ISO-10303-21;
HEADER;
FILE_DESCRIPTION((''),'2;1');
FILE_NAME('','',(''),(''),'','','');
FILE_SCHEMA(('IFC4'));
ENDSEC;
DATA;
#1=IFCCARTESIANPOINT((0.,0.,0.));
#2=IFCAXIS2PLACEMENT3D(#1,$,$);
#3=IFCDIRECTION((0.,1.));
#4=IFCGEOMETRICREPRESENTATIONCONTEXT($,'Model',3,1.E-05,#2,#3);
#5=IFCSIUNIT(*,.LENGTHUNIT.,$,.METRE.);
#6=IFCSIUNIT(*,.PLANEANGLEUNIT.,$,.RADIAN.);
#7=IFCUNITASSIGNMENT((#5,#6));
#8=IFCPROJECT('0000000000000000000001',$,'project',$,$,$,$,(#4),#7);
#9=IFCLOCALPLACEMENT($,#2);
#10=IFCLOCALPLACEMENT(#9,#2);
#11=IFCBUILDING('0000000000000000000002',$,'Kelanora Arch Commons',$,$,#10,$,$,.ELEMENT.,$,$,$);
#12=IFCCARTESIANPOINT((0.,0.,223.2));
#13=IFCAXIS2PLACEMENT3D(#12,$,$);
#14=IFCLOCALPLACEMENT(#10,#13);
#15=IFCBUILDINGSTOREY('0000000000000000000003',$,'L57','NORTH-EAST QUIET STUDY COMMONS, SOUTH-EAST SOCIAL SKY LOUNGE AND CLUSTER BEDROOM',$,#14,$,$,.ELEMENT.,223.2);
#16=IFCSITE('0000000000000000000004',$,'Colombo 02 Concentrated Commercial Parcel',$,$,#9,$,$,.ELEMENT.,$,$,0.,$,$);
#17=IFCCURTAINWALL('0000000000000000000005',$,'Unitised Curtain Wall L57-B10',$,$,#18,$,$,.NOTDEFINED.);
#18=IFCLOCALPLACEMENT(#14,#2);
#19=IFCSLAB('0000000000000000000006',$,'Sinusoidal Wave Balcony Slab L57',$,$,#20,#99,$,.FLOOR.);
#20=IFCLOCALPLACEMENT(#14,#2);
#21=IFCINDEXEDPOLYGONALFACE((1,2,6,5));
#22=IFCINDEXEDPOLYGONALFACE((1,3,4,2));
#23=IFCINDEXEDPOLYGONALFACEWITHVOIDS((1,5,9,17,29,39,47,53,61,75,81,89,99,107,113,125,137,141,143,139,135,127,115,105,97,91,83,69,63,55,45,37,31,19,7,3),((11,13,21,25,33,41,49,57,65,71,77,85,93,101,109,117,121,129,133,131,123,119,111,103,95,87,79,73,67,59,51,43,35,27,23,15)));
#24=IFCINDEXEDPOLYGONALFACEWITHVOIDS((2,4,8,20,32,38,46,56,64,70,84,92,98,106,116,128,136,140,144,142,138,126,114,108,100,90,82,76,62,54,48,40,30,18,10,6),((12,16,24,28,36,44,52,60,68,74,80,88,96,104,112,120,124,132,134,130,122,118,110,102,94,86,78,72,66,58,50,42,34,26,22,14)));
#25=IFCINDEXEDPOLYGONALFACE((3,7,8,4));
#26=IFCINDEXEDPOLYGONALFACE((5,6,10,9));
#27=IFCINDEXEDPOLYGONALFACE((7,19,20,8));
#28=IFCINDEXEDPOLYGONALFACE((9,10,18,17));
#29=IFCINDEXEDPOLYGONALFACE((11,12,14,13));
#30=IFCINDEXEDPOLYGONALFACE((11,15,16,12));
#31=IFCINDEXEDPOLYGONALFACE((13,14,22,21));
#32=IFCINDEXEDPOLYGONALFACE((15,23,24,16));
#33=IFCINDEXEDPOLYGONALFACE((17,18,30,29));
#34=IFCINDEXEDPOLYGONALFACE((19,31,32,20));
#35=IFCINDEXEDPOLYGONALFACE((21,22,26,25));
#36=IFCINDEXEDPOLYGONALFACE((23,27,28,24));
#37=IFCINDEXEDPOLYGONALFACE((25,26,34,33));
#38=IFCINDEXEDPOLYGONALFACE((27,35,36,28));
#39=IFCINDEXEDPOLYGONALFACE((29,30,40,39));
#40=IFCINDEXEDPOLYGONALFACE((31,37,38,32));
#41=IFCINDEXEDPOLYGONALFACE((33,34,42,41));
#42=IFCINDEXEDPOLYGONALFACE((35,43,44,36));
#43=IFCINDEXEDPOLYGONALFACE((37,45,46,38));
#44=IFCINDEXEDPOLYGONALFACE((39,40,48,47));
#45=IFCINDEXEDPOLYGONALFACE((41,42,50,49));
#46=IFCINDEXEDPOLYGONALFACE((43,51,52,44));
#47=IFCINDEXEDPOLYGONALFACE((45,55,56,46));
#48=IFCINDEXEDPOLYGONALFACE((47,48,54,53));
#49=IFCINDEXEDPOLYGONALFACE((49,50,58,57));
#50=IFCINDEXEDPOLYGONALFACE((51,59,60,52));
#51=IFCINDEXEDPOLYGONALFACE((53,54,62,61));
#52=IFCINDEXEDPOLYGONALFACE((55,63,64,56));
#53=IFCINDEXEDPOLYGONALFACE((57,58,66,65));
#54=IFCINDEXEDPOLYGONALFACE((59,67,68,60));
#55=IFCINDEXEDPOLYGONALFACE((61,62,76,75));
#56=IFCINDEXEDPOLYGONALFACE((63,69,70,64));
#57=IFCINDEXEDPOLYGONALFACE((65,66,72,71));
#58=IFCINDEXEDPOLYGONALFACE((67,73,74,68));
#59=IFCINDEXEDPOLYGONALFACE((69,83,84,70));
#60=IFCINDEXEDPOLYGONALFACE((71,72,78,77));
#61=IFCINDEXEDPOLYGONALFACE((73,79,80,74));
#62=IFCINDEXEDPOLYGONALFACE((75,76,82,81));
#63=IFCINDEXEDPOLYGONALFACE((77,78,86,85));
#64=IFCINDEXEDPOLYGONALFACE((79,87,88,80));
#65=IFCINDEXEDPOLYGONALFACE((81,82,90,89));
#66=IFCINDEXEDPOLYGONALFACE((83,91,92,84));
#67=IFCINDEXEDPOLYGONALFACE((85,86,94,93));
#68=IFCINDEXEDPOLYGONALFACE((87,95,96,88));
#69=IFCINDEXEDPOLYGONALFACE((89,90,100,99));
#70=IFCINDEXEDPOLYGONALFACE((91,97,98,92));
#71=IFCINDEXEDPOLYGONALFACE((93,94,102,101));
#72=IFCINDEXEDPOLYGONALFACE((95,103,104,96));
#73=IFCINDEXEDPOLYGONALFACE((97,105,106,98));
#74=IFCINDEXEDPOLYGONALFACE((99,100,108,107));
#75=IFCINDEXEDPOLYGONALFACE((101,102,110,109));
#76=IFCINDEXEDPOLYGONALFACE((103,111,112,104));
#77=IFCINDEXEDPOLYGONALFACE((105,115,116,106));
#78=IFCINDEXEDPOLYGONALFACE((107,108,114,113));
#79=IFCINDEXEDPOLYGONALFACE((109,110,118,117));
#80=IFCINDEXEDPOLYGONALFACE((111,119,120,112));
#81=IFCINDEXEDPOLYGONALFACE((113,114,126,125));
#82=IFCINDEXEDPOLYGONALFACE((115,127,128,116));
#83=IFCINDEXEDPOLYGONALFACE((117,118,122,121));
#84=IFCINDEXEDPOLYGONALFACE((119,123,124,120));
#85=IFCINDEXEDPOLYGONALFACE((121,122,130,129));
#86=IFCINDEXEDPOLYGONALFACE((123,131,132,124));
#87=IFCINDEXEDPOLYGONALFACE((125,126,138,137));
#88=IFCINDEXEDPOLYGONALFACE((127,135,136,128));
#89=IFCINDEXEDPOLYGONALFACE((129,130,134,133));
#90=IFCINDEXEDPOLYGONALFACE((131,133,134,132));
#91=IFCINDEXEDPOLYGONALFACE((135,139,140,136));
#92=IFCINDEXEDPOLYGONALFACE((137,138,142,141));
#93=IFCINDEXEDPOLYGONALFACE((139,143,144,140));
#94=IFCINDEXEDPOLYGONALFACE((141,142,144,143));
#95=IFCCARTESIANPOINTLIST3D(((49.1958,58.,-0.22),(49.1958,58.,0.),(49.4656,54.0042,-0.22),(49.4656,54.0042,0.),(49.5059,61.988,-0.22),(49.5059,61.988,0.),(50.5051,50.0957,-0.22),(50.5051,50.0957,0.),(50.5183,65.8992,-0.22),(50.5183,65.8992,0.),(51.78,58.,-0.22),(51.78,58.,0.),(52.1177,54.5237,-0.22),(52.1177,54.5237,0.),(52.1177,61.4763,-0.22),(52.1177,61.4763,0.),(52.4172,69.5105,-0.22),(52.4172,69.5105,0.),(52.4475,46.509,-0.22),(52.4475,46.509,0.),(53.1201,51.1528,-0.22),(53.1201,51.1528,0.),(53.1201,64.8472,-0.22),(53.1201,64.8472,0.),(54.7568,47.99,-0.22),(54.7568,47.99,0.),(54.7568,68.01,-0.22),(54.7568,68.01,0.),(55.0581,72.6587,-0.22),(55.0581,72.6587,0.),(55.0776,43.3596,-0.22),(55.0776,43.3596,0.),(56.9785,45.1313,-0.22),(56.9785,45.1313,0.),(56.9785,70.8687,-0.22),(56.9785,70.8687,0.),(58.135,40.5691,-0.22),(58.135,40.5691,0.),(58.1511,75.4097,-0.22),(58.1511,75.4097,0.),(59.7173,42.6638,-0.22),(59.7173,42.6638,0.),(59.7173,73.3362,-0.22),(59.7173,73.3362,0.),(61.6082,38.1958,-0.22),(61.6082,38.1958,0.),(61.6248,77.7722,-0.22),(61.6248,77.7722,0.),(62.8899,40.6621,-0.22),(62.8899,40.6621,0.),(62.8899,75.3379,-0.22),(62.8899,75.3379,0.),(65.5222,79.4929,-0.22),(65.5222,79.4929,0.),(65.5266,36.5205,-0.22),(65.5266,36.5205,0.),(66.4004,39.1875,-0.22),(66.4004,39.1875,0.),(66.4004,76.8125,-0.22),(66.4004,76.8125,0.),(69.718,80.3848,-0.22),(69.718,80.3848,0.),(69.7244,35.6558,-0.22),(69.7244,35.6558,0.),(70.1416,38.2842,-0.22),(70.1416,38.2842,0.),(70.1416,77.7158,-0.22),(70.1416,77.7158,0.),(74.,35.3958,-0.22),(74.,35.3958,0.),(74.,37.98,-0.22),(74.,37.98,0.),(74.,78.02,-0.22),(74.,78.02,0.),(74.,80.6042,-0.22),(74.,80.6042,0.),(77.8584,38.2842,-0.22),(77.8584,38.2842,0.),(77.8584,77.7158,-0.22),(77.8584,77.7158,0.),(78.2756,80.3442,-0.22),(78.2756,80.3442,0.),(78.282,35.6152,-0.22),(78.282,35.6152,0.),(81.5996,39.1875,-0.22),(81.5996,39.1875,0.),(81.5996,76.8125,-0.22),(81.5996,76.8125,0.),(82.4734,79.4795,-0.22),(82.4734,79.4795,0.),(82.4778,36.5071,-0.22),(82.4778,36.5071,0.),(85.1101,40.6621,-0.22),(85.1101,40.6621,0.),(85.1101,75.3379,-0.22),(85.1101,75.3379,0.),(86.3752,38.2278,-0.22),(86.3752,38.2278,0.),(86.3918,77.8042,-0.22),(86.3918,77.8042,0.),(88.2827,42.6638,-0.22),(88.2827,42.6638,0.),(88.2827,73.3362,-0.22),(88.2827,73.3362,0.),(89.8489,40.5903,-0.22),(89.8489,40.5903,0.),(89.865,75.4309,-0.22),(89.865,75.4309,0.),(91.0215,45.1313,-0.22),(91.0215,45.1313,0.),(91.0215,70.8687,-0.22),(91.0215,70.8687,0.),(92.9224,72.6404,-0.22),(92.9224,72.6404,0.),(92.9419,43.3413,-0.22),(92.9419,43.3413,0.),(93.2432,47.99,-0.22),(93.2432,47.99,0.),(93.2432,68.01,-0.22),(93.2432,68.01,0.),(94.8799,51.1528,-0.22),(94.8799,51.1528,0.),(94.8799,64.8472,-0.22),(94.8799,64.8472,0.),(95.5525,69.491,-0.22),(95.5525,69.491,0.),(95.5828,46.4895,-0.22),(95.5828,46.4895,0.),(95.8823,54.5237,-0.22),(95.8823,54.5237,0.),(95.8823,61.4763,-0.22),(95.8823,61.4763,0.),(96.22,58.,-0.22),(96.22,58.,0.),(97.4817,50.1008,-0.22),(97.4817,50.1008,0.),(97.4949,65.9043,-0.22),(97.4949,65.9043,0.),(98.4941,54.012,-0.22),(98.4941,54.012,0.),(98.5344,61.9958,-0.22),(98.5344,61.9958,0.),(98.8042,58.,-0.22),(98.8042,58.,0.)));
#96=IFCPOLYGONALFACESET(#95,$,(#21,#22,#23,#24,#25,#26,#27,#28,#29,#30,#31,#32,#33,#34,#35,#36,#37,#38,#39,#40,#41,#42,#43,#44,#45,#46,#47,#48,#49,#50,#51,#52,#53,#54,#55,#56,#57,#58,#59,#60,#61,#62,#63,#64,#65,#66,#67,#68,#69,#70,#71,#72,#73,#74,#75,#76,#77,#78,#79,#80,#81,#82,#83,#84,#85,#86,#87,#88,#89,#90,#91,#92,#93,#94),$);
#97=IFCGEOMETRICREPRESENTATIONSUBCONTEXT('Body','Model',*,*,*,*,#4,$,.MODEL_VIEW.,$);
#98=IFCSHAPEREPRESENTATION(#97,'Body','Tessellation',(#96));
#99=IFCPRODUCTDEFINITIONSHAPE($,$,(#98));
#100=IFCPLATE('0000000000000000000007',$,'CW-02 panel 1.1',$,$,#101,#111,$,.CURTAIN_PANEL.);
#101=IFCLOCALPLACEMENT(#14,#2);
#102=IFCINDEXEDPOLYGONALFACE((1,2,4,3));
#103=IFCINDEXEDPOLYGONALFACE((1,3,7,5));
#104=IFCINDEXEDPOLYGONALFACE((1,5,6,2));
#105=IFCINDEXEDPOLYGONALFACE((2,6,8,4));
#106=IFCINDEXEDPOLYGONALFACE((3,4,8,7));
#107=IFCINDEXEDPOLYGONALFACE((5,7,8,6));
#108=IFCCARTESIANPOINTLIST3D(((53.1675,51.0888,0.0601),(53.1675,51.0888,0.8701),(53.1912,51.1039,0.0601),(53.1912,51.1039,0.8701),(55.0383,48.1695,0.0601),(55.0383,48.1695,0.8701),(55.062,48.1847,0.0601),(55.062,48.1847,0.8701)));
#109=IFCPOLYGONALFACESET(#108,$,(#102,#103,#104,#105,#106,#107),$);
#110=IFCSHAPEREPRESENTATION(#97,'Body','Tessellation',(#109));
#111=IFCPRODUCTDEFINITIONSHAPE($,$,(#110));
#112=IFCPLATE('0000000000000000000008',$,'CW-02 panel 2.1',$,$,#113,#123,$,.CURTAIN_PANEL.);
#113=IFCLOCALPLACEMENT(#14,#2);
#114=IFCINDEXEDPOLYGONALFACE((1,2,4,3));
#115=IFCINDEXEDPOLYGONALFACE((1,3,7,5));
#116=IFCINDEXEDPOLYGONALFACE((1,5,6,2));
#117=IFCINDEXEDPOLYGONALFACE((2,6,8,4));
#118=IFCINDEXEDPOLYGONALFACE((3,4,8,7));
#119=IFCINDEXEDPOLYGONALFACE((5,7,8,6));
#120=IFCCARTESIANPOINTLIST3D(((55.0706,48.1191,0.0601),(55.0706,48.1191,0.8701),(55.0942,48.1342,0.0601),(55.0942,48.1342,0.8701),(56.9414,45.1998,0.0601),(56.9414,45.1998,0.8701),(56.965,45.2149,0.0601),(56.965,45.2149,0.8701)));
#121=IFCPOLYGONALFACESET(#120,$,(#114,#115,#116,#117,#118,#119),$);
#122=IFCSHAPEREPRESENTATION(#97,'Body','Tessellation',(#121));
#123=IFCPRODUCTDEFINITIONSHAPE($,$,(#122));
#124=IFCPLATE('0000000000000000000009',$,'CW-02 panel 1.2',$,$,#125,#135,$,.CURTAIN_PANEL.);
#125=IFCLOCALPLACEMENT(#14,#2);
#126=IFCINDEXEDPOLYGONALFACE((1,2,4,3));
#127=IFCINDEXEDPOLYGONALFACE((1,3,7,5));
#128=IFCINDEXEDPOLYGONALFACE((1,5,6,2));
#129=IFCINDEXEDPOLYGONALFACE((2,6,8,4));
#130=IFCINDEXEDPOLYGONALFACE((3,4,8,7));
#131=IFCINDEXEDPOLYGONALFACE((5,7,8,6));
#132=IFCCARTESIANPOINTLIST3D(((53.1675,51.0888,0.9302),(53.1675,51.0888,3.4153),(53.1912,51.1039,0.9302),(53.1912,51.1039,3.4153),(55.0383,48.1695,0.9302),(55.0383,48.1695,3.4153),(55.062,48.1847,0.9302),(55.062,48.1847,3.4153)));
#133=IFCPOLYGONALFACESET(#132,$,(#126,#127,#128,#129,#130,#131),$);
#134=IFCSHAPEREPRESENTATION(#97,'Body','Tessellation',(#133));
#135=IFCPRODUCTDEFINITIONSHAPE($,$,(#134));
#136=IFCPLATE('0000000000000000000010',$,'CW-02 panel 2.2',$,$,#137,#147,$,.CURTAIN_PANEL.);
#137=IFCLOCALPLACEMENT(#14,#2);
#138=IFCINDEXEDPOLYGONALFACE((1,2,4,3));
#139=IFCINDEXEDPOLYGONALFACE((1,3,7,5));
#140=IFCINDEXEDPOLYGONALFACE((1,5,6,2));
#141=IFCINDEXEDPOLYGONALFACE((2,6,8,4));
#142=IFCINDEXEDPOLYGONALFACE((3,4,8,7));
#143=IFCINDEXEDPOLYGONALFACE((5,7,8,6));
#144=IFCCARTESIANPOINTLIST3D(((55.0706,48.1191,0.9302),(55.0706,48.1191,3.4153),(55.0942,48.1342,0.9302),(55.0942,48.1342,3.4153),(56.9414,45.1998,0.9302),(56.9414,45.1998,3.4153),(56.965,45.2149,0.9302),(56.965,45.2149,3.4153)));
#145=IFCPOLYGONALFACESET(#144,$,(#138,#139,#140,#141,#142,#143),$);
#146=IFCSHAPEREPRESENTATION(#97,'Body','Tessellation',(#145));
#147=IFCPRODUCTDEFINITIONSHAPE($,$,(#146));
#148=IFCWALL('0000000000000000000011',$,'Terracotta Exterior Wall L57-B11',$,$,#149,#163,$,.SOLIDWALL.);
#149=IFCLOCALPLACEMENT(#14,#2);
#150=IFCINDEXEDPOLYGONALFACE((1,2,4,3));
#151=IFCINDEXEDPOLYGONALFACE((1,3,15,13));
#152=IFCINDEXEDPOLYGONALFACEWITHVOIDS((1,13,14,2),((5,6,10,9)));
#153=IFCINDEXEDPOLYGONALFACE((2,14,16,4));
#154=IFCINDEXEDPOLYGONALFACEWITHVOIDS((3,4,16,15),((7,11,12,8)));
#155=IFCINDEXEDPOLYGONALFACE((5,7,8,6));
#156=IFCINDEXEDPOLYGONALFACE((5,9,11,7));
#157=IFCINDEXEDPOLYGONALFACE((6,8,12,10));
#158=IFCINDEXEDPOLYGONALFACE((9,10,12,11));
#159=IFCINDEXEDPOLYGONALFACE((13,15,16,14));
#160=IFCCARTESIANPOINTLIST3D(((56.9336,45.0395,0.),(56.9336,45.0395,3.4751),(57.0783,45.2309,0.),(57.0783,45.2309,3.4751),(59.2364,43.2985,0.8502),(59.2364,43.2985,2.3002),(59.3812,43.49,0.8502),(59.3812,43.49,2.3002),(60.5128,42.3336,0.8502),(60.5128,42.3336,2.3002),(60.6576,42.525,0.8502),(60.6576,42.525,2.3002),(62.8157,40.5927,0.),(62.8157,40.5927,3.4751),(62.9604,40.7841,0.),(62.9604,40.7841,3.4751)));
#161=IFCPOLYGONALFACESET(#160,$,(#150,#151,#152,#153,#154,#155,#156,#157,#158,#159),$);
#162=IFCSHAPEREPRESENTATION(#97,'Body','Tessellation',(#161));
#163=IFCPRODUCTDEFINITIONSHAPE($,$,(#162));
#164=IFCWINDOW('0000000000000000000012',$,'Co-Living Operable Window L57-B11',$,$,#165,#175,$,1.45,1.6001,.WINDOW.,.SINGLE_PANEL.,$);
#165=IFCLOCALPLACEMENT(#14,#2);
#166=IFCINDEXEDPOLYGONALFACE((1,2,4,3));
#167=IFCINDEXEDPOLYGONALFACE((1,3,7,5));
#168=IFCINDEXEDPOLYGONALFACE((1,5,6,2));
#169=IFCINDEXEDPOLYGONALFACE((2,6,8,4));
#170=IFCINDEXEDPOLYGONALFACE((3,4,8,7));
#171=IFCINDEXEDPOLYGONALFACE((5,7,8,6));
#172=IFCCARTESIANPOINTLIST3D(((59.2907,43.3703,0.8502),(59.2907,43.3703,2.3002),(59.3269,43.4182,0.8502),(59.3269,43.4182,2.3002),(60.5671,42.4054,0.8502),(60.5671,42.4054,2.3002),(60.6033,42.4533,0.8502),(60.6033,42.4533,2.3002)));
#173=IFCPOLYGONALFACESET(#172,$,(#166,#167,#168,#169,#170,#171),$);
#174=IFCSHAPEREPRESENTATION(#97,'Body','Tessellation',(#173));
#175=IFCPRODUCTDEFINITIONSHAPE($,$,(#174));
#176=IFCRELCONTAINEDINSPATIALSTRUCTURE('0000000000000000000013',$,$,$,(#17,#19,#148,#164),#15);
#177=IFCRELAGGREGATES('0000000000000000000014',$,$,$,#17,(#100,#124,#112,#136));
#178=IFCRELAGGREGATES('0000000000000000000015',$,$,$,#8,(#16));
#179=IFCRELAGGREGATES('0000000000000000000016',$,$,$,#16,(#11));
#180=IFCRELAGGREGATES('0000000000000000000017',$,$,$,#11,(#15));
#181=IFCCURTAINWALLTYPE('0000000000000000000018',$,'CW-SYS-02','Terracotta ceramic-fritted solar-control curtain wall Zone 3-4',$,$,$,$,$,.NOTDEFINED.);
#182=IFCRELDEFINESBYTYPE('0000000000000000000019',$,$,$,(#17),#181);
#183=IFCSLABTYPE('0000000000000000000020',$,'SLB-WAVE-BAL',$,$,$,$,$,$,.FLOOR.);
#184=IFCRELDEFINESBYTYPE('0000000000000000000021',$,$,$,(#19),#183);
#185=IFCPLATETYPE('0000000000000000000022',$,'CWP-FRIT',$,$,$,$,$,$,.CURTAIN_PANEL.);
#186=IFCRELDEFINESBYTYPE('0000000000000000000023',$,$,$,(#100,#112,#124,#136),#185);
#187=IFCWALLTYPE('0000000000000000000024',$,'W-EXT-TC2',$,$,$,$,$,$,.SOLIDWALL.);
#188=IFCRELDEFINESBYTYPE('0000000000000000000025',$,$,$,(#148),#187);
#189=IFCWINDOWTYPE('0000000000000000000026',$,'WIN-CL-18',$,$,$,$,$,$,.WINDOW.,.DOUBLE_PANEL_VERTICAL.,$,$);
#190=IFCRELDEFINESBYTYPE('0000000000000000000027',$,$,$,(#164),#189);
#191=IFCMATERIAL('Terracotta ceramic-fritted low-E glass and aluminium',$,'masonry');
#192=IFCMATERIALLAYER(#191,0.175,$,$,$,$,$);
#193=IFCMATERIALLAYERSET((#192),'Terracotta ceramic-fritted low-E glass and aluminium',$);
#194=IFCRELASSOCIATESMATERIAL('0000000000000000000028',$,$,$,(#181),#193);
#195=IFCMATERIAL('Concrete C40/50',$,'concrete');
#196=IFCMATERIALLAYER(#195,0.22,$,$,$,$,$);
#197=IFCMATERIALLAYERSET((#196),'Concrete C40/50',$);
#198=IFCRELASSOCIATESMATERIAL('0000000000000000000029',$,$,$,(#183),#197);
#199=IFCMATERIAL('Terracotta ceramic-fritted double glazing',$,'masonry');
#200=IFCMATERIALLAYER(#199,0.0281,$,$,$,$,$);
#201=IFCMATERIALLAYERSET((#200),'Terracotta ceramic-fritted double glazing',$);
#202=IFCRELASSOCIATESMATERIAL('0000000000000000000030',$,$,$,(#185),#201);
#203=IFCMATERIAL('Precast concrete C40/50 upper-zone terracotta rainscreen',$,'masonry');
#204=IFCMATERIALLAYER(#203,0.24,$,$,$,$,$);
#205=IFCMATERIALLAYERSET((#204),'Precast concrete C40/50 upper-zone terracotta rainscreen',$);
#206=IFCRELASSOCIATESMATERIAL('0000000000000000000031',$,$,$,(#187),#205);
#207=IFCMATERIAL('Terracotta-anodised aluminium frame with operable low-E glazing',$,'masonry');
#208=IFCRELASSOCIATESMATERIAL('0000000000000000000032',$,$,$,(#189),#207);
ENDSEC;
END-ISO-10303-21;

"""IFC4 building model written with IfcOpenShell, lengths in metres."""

from ifc_helpers import new_model, si_unit, direction, frame, frame_2d, origin, origin_2d, place, context, subcontext, project, spatial, polyline, rectangle, outline, extrude, source, transform, mapped, material, layer, layer_set, type_object, element, fill, aggregate, save


model = new_model("IFC4")

# Units and contexts
model_context = context("Model", 3, precision=1e-05, world=origin(), true_north=direction((0.0, 1.0)))
body_context = subcontext(model_context, "Body", "Model", "MODEL_VIEW")
ifc_project = project(units=[si_unit("LENGTHUNIT", "METRE"), si_unit("PLANEANGLEUNIT", "RADIAN")], contexts=[model_context])

# Site, building, storey
site_placement = place(None, origin())
site = spatial("IfcSite", under=ifc_project, at=site_placement, Name="Colombo 02 Concentrated Commercial Parcel", CompositionType="ELEMENT", RefElevation=0.0)
building_placement = place(site_placement, origin())
building = spatial("IfcBuilding", under=site, at=building_placement, Name="Kelanora Arch Commons", CompositionType="ELEMENT")
storey_placement = place(building_placement, frame((0.0, 0.0, 223.2)))
storey = spatial("IfcBuildingStorey", under=building, at=storey_placement, Name="L57", Description="NORTH-EAST QUIET STUDY COMMONS, SOUTH-EAST SOCIAL SKY LOUNGE AND CLUSTER BEDROOM", CompositionType="ELEMENT", Elevation=223.2)

# Curtain wall
ifc_material_1 = material(Name="Terracotta ceramic-fritted low-E glass and aluminium", Category="masonry")
ifc_layer_1 = layer(ifc_material_1, 0.175)
ifc_layer_set_1 = layer_set([ifc_layer_1], Name="Terracotta ceramic-fritted low-E glass and aluminium")
curtain_wall_type = type_object("IfcCurtainWallType", Name="CW-SYS-02", Description="Terracotta ceramic-fritted solar-control curtain wall Zone 3-4", PredefinedType="NOTDEFINED", material=ifc_layer_set_1)
curtain_wall_placement = place(storey_placement, origin())
curtain_wall = element("IfcCurtainWall", 1, at=curtain_wall_placement, inside=storey, type_object=curtain_wall_type, Name="Unitised Curtain Wall L57-B10", PredefinedType="NOTDEFINED")

# Shared definitions
ifc_material_2 = material(Name="Concrete C40/50", Category="concrete")

# Slab
ifc_layer_2 = layer(ifc_material_2, 0.22)
ifc_layer_set_2 = layer_set([ifc_layer_2], Name="Concrete C40/50")
slab_type_1 = type_object("IfcSlabType", Name="SLB-WAVE-BAL", PredefinedType="FLOOR", material=ifc_layer_set_2)
slab_1_placement = place(storey_placement, frame((0.0, 0.0, -0.22)))
element("IfcSlab", 2, at=slab_1_placement, inside=storey, type_object=slab_type_1, Name="Sinusoidal Wave Balcony Slab L57", PredefinedType="FLOOR", context=body_context, shape_type="SweptSolid", body=[
    extrude(outline(polyline([(98.8042, 58.0), (98.5344, 61.9958), (97.4949, 65.9043), (95.5525, 69.491), (92.9224, 72.6404), (89.865, 75.4309), (86.3918, 77.8042), (82.4734, 79.4795), (78.2756, 80.3442), (74.0, 80.6042), (69.718, 80.3848), (65.5222, 79.4929), (61.6248, 77.7722), (58.1511, 75.4097), (55.0581, 72.6587), (52.4172, 69.5105), (50.5183, 65.8992), (49.5059, 61.988), (49.1958, 58.0), (49.4656, 54.0042), (50.5051, 50.0957), (52.4475, 46.509), (55.0776, 43.3596), (58.135, 40.5691), (61.6082, 38.1958), (65.5266, 36.5205), (69.7244, 35.6558), (74.0, 35.3958), (78.282, 35.6152), (82.4778, 36.5071), (86.3752, 38.2278), (89.8489, 40.5903), (92.9419, 43.3413), (95.5828, 46.4895), (97.4817, 50.1008), (98.4941, 54.012), (98.8042, 58.0)]), holes=[polyline([(95.8823, 54.5237), (94.8799, 51.1528), (93.2432, 47.99), (91.0215, 45.1313), (88.2827, 42.6638), (85.1101, 40.6621), (81.5996, 39.1875), (77.8584, 38.2842), (74.0, 37.98), (70.1416, 38.2842), (66.4004, 39.1875), (62.8899, 40.6621), (59.7173, 42.6638), (56.9785, 45.1313), (54.7568, 47.99), (53.1201, 51.1528), (52.1177, 54.5237), (51.78, 58.0), (52.1177, 61.4763), (53.1201, 64.8472), (54.7568, 68.01), (56.9785, 70.8687), (59.7173, 73.3362), (62.8899, 75.3379), (66.4004, 76.8125), (70.1416, 77.7158), (74.0, 78.02), (77.8584, 77.7158), (81.5996, 76.8125), (85.1101, 75.3379), (88.2827, 73.3362), (91.0215, 70.8687), (93.2432, 68.01), (94.8799, 64.8472), (95.8823, 61.4763), (96.22, 58.0), (95.8823, 54.5237)])]), origin(), (0.0, 0.0, 1.0), 0.22),
])

# Plates
ifc_material_3 = material(Name="Terracotta ceramic-fritted double glazing", Category="masonry")
ifc_layer_3 = layer(ifc_material_3, 0.0281)
ifc_layer_set_3 = layer_set([ifc_layer_3], Name="Terracotta ceramic-fritted double glazing")
plate_type = type_object("IfcPlateType", Name="CWP-FRIT", PredefinedType="CURTAIN_PANEL", material=ifc_layer_set_3)
shared_shape_1 = source(origin(), body_context, "Body", "SweptSolid", [
    extrude(rectangle(XDim=3.4673, YDim=0.0281, at=origin_2d()), origin(), (0.0, 0.0, 1.0), 0.8101),
])
plate_1_placement = place(storey_placement, frame((54.1147, 49.6367, 0.0601), z_axis=(0.0, 0.0, 1.0), x_axis=(0.539559, -0.841948, 0.0)))
plate_1 = element("IfcPlate", 3, at=plate_1_placement, type_object=plate_type, Name="CW-02 panel 1.1", PredefinedType="CURTAIN_PANEL", context=body_context, shape_type="MappedRepresentation", body=[
    mapped(shared_shape_1, transform((0.0, 0.0, 0.0), scale=1.0)),
])
plate_2_placement = place(storey_placement, frame((56.0178, 46.667, 0.0601), z_axis=(0.0, 0.0, 1.0), x_axis=(0.539559, -0.841948, 0.0)))
plate_2 = element("IfcPlate", 4, at=plate_2_placement, type_object=plate_type, Name="CW-02 panel 2.1", PredefinedType="CURTAIN_PANEL", context=body_context, shape_type="MappedRepresentation", body=[
    mapped(shared_shape_1, transform((0.0, 0.0, 0.0), scale=1.0)),
])
shared_shape_2 = source(origin(), body_context, "Body", "SweptSolid", [
    extrude(rectangle(XDim=3.4673, YDim=0.0281, at=origin_2d()), origin(), (0.0, 0.0, 1.0), 2.4851),
])
plate_3_placement = place(storey_placement, frame((54.1147, 49.6367, 0.9302), z_axis=(0.0, 0.0, 1.0), x_axis=(0.539559, -0.841948, 0.0)))
plate_3 = element("IfcPlate", 5, at=plate_3_placement, type_object=plate_type, Name="CW-02 panel 1.2", PredefinedType="CURTAIN_PANEL", context=body_context, shape_type="MappedRepresentation", body=[
    mapped(shared_shape_2, transform((0.0, 0.0, 0.0), scale=1.0)),
])
plate_4_placement = place(storey_placement, frame((56.0178, 46.667, 0.9302), z_axis=(0.0, 0.0, 1.0), x_axis=(0.539559, -0.841948, 0.0)))
plate_4 = element("IfcPlate", 6, at=plate_4_placement, type_object=plate_type, Name="CW-02 panel 2.2", PredefinedType="CURTAIN_PANEL", context=body_context, shape_type="MappedRepresentation", body=[
    mapped(shared_shape_2, transform((0.0, 0.0, 0.0), scale=1.0)),
])
aggregate(curtain_wall, [plate_1, plate_3, plate_2, plate_4])

# Wall, opening, window
ifc_material_4 = material(Name="Precast concrete C40/50 upper-zone terracotta rainscreen", Category="masonry")
ifc_layer_4 = layer(ifc_material_4, 0.24)
ifc_layer_set_4 = layer_set([ifc_layer_4], Name="Precast concrete C40/50 upper-zone terracotta rainscreen")
wall_type_1 = type_object("IfcWallType", Name="W-EXT-TC2", PredefinedType="SOLIDWALL", material=ifc_layer_set_4)
wall_1_placement = place(storey_placement, frame((57.0059, 45.1353, 0.0), z_axis=(0.0, 0.0, 1.0), x_axis=(0.797702, -0.603052, 0.0)))
wall_1 = element("IfcWall", 7, at=wall_1_placement, inside=storey, type_object=wall_type_1, Name="Terracotta Exterior Wall L57-B11", PredefinedType="SOLIDWALL", context=body_context, shape_type="SweptSolid", body=[
    extrude(rectangle(XDim=7.3738, YDim=0.24, at=frame_2d((3.687, 0.0))), origin(), (0.0, 0.0, 1.0), 3.4751),
])
opening_placement = place(wall_1_placement, frame((2.887, 0.0, 0.8501)))
opening = element("IfcOpeningElement", 8, at=opening_placement, cuts=wall_1, PredefinedType="OPENING", context=body_context, shape_type="SweptSolid", body=[
    extrude(rectangle(XDim=1.6001, YDim=1.45, at=frame_2d((0.8, 0.7251))), frame((0.0, 0.1299, 0.0), z_axis=(0.0, -1.0, 0.0), x_axis=(1.0, 0.0, 0.0)), (0.0, 0.0, 1.0), 0.26),
])
ifc_material_5 = material(Name="Terracotta-anodised aluminium frame with operable low-E glazing", Category="masonry")
window_type = type_object("IfcWindowType", Name="WIN-CL-18", PartitioningType="DOUBLE_PANEL_VERTICAL", PredefinedType="WINDOW", material=ifc_material_5)
window_placement = place(opening_placement, origin())
window = element("IfcWindow", 9, at=window_placement, inside=storey, type_object=window_type, Name="Co-Living Operable Window L57-B11", OverallHeight=1.45, OverallWidth=1.6001, PartitioningType="SINGLE_PANEL", PredefinedType="WINDOW", context=body_context, shape_type="SweptSolid", body=[
    extrude(rectangle(XDim=1.6001, YDim=1.45, at=frame_2d((0.8, 0.7251))), frame((0.0, 0.03, 0.0), z_axis=(0.0, -1.0, 0.0), x_axis=(1.0, 0.0, 0.0)), (0.0, 0.0, 1.0), 0.0601),
])
fill(opening, window)

save(model, "model.ifc")
